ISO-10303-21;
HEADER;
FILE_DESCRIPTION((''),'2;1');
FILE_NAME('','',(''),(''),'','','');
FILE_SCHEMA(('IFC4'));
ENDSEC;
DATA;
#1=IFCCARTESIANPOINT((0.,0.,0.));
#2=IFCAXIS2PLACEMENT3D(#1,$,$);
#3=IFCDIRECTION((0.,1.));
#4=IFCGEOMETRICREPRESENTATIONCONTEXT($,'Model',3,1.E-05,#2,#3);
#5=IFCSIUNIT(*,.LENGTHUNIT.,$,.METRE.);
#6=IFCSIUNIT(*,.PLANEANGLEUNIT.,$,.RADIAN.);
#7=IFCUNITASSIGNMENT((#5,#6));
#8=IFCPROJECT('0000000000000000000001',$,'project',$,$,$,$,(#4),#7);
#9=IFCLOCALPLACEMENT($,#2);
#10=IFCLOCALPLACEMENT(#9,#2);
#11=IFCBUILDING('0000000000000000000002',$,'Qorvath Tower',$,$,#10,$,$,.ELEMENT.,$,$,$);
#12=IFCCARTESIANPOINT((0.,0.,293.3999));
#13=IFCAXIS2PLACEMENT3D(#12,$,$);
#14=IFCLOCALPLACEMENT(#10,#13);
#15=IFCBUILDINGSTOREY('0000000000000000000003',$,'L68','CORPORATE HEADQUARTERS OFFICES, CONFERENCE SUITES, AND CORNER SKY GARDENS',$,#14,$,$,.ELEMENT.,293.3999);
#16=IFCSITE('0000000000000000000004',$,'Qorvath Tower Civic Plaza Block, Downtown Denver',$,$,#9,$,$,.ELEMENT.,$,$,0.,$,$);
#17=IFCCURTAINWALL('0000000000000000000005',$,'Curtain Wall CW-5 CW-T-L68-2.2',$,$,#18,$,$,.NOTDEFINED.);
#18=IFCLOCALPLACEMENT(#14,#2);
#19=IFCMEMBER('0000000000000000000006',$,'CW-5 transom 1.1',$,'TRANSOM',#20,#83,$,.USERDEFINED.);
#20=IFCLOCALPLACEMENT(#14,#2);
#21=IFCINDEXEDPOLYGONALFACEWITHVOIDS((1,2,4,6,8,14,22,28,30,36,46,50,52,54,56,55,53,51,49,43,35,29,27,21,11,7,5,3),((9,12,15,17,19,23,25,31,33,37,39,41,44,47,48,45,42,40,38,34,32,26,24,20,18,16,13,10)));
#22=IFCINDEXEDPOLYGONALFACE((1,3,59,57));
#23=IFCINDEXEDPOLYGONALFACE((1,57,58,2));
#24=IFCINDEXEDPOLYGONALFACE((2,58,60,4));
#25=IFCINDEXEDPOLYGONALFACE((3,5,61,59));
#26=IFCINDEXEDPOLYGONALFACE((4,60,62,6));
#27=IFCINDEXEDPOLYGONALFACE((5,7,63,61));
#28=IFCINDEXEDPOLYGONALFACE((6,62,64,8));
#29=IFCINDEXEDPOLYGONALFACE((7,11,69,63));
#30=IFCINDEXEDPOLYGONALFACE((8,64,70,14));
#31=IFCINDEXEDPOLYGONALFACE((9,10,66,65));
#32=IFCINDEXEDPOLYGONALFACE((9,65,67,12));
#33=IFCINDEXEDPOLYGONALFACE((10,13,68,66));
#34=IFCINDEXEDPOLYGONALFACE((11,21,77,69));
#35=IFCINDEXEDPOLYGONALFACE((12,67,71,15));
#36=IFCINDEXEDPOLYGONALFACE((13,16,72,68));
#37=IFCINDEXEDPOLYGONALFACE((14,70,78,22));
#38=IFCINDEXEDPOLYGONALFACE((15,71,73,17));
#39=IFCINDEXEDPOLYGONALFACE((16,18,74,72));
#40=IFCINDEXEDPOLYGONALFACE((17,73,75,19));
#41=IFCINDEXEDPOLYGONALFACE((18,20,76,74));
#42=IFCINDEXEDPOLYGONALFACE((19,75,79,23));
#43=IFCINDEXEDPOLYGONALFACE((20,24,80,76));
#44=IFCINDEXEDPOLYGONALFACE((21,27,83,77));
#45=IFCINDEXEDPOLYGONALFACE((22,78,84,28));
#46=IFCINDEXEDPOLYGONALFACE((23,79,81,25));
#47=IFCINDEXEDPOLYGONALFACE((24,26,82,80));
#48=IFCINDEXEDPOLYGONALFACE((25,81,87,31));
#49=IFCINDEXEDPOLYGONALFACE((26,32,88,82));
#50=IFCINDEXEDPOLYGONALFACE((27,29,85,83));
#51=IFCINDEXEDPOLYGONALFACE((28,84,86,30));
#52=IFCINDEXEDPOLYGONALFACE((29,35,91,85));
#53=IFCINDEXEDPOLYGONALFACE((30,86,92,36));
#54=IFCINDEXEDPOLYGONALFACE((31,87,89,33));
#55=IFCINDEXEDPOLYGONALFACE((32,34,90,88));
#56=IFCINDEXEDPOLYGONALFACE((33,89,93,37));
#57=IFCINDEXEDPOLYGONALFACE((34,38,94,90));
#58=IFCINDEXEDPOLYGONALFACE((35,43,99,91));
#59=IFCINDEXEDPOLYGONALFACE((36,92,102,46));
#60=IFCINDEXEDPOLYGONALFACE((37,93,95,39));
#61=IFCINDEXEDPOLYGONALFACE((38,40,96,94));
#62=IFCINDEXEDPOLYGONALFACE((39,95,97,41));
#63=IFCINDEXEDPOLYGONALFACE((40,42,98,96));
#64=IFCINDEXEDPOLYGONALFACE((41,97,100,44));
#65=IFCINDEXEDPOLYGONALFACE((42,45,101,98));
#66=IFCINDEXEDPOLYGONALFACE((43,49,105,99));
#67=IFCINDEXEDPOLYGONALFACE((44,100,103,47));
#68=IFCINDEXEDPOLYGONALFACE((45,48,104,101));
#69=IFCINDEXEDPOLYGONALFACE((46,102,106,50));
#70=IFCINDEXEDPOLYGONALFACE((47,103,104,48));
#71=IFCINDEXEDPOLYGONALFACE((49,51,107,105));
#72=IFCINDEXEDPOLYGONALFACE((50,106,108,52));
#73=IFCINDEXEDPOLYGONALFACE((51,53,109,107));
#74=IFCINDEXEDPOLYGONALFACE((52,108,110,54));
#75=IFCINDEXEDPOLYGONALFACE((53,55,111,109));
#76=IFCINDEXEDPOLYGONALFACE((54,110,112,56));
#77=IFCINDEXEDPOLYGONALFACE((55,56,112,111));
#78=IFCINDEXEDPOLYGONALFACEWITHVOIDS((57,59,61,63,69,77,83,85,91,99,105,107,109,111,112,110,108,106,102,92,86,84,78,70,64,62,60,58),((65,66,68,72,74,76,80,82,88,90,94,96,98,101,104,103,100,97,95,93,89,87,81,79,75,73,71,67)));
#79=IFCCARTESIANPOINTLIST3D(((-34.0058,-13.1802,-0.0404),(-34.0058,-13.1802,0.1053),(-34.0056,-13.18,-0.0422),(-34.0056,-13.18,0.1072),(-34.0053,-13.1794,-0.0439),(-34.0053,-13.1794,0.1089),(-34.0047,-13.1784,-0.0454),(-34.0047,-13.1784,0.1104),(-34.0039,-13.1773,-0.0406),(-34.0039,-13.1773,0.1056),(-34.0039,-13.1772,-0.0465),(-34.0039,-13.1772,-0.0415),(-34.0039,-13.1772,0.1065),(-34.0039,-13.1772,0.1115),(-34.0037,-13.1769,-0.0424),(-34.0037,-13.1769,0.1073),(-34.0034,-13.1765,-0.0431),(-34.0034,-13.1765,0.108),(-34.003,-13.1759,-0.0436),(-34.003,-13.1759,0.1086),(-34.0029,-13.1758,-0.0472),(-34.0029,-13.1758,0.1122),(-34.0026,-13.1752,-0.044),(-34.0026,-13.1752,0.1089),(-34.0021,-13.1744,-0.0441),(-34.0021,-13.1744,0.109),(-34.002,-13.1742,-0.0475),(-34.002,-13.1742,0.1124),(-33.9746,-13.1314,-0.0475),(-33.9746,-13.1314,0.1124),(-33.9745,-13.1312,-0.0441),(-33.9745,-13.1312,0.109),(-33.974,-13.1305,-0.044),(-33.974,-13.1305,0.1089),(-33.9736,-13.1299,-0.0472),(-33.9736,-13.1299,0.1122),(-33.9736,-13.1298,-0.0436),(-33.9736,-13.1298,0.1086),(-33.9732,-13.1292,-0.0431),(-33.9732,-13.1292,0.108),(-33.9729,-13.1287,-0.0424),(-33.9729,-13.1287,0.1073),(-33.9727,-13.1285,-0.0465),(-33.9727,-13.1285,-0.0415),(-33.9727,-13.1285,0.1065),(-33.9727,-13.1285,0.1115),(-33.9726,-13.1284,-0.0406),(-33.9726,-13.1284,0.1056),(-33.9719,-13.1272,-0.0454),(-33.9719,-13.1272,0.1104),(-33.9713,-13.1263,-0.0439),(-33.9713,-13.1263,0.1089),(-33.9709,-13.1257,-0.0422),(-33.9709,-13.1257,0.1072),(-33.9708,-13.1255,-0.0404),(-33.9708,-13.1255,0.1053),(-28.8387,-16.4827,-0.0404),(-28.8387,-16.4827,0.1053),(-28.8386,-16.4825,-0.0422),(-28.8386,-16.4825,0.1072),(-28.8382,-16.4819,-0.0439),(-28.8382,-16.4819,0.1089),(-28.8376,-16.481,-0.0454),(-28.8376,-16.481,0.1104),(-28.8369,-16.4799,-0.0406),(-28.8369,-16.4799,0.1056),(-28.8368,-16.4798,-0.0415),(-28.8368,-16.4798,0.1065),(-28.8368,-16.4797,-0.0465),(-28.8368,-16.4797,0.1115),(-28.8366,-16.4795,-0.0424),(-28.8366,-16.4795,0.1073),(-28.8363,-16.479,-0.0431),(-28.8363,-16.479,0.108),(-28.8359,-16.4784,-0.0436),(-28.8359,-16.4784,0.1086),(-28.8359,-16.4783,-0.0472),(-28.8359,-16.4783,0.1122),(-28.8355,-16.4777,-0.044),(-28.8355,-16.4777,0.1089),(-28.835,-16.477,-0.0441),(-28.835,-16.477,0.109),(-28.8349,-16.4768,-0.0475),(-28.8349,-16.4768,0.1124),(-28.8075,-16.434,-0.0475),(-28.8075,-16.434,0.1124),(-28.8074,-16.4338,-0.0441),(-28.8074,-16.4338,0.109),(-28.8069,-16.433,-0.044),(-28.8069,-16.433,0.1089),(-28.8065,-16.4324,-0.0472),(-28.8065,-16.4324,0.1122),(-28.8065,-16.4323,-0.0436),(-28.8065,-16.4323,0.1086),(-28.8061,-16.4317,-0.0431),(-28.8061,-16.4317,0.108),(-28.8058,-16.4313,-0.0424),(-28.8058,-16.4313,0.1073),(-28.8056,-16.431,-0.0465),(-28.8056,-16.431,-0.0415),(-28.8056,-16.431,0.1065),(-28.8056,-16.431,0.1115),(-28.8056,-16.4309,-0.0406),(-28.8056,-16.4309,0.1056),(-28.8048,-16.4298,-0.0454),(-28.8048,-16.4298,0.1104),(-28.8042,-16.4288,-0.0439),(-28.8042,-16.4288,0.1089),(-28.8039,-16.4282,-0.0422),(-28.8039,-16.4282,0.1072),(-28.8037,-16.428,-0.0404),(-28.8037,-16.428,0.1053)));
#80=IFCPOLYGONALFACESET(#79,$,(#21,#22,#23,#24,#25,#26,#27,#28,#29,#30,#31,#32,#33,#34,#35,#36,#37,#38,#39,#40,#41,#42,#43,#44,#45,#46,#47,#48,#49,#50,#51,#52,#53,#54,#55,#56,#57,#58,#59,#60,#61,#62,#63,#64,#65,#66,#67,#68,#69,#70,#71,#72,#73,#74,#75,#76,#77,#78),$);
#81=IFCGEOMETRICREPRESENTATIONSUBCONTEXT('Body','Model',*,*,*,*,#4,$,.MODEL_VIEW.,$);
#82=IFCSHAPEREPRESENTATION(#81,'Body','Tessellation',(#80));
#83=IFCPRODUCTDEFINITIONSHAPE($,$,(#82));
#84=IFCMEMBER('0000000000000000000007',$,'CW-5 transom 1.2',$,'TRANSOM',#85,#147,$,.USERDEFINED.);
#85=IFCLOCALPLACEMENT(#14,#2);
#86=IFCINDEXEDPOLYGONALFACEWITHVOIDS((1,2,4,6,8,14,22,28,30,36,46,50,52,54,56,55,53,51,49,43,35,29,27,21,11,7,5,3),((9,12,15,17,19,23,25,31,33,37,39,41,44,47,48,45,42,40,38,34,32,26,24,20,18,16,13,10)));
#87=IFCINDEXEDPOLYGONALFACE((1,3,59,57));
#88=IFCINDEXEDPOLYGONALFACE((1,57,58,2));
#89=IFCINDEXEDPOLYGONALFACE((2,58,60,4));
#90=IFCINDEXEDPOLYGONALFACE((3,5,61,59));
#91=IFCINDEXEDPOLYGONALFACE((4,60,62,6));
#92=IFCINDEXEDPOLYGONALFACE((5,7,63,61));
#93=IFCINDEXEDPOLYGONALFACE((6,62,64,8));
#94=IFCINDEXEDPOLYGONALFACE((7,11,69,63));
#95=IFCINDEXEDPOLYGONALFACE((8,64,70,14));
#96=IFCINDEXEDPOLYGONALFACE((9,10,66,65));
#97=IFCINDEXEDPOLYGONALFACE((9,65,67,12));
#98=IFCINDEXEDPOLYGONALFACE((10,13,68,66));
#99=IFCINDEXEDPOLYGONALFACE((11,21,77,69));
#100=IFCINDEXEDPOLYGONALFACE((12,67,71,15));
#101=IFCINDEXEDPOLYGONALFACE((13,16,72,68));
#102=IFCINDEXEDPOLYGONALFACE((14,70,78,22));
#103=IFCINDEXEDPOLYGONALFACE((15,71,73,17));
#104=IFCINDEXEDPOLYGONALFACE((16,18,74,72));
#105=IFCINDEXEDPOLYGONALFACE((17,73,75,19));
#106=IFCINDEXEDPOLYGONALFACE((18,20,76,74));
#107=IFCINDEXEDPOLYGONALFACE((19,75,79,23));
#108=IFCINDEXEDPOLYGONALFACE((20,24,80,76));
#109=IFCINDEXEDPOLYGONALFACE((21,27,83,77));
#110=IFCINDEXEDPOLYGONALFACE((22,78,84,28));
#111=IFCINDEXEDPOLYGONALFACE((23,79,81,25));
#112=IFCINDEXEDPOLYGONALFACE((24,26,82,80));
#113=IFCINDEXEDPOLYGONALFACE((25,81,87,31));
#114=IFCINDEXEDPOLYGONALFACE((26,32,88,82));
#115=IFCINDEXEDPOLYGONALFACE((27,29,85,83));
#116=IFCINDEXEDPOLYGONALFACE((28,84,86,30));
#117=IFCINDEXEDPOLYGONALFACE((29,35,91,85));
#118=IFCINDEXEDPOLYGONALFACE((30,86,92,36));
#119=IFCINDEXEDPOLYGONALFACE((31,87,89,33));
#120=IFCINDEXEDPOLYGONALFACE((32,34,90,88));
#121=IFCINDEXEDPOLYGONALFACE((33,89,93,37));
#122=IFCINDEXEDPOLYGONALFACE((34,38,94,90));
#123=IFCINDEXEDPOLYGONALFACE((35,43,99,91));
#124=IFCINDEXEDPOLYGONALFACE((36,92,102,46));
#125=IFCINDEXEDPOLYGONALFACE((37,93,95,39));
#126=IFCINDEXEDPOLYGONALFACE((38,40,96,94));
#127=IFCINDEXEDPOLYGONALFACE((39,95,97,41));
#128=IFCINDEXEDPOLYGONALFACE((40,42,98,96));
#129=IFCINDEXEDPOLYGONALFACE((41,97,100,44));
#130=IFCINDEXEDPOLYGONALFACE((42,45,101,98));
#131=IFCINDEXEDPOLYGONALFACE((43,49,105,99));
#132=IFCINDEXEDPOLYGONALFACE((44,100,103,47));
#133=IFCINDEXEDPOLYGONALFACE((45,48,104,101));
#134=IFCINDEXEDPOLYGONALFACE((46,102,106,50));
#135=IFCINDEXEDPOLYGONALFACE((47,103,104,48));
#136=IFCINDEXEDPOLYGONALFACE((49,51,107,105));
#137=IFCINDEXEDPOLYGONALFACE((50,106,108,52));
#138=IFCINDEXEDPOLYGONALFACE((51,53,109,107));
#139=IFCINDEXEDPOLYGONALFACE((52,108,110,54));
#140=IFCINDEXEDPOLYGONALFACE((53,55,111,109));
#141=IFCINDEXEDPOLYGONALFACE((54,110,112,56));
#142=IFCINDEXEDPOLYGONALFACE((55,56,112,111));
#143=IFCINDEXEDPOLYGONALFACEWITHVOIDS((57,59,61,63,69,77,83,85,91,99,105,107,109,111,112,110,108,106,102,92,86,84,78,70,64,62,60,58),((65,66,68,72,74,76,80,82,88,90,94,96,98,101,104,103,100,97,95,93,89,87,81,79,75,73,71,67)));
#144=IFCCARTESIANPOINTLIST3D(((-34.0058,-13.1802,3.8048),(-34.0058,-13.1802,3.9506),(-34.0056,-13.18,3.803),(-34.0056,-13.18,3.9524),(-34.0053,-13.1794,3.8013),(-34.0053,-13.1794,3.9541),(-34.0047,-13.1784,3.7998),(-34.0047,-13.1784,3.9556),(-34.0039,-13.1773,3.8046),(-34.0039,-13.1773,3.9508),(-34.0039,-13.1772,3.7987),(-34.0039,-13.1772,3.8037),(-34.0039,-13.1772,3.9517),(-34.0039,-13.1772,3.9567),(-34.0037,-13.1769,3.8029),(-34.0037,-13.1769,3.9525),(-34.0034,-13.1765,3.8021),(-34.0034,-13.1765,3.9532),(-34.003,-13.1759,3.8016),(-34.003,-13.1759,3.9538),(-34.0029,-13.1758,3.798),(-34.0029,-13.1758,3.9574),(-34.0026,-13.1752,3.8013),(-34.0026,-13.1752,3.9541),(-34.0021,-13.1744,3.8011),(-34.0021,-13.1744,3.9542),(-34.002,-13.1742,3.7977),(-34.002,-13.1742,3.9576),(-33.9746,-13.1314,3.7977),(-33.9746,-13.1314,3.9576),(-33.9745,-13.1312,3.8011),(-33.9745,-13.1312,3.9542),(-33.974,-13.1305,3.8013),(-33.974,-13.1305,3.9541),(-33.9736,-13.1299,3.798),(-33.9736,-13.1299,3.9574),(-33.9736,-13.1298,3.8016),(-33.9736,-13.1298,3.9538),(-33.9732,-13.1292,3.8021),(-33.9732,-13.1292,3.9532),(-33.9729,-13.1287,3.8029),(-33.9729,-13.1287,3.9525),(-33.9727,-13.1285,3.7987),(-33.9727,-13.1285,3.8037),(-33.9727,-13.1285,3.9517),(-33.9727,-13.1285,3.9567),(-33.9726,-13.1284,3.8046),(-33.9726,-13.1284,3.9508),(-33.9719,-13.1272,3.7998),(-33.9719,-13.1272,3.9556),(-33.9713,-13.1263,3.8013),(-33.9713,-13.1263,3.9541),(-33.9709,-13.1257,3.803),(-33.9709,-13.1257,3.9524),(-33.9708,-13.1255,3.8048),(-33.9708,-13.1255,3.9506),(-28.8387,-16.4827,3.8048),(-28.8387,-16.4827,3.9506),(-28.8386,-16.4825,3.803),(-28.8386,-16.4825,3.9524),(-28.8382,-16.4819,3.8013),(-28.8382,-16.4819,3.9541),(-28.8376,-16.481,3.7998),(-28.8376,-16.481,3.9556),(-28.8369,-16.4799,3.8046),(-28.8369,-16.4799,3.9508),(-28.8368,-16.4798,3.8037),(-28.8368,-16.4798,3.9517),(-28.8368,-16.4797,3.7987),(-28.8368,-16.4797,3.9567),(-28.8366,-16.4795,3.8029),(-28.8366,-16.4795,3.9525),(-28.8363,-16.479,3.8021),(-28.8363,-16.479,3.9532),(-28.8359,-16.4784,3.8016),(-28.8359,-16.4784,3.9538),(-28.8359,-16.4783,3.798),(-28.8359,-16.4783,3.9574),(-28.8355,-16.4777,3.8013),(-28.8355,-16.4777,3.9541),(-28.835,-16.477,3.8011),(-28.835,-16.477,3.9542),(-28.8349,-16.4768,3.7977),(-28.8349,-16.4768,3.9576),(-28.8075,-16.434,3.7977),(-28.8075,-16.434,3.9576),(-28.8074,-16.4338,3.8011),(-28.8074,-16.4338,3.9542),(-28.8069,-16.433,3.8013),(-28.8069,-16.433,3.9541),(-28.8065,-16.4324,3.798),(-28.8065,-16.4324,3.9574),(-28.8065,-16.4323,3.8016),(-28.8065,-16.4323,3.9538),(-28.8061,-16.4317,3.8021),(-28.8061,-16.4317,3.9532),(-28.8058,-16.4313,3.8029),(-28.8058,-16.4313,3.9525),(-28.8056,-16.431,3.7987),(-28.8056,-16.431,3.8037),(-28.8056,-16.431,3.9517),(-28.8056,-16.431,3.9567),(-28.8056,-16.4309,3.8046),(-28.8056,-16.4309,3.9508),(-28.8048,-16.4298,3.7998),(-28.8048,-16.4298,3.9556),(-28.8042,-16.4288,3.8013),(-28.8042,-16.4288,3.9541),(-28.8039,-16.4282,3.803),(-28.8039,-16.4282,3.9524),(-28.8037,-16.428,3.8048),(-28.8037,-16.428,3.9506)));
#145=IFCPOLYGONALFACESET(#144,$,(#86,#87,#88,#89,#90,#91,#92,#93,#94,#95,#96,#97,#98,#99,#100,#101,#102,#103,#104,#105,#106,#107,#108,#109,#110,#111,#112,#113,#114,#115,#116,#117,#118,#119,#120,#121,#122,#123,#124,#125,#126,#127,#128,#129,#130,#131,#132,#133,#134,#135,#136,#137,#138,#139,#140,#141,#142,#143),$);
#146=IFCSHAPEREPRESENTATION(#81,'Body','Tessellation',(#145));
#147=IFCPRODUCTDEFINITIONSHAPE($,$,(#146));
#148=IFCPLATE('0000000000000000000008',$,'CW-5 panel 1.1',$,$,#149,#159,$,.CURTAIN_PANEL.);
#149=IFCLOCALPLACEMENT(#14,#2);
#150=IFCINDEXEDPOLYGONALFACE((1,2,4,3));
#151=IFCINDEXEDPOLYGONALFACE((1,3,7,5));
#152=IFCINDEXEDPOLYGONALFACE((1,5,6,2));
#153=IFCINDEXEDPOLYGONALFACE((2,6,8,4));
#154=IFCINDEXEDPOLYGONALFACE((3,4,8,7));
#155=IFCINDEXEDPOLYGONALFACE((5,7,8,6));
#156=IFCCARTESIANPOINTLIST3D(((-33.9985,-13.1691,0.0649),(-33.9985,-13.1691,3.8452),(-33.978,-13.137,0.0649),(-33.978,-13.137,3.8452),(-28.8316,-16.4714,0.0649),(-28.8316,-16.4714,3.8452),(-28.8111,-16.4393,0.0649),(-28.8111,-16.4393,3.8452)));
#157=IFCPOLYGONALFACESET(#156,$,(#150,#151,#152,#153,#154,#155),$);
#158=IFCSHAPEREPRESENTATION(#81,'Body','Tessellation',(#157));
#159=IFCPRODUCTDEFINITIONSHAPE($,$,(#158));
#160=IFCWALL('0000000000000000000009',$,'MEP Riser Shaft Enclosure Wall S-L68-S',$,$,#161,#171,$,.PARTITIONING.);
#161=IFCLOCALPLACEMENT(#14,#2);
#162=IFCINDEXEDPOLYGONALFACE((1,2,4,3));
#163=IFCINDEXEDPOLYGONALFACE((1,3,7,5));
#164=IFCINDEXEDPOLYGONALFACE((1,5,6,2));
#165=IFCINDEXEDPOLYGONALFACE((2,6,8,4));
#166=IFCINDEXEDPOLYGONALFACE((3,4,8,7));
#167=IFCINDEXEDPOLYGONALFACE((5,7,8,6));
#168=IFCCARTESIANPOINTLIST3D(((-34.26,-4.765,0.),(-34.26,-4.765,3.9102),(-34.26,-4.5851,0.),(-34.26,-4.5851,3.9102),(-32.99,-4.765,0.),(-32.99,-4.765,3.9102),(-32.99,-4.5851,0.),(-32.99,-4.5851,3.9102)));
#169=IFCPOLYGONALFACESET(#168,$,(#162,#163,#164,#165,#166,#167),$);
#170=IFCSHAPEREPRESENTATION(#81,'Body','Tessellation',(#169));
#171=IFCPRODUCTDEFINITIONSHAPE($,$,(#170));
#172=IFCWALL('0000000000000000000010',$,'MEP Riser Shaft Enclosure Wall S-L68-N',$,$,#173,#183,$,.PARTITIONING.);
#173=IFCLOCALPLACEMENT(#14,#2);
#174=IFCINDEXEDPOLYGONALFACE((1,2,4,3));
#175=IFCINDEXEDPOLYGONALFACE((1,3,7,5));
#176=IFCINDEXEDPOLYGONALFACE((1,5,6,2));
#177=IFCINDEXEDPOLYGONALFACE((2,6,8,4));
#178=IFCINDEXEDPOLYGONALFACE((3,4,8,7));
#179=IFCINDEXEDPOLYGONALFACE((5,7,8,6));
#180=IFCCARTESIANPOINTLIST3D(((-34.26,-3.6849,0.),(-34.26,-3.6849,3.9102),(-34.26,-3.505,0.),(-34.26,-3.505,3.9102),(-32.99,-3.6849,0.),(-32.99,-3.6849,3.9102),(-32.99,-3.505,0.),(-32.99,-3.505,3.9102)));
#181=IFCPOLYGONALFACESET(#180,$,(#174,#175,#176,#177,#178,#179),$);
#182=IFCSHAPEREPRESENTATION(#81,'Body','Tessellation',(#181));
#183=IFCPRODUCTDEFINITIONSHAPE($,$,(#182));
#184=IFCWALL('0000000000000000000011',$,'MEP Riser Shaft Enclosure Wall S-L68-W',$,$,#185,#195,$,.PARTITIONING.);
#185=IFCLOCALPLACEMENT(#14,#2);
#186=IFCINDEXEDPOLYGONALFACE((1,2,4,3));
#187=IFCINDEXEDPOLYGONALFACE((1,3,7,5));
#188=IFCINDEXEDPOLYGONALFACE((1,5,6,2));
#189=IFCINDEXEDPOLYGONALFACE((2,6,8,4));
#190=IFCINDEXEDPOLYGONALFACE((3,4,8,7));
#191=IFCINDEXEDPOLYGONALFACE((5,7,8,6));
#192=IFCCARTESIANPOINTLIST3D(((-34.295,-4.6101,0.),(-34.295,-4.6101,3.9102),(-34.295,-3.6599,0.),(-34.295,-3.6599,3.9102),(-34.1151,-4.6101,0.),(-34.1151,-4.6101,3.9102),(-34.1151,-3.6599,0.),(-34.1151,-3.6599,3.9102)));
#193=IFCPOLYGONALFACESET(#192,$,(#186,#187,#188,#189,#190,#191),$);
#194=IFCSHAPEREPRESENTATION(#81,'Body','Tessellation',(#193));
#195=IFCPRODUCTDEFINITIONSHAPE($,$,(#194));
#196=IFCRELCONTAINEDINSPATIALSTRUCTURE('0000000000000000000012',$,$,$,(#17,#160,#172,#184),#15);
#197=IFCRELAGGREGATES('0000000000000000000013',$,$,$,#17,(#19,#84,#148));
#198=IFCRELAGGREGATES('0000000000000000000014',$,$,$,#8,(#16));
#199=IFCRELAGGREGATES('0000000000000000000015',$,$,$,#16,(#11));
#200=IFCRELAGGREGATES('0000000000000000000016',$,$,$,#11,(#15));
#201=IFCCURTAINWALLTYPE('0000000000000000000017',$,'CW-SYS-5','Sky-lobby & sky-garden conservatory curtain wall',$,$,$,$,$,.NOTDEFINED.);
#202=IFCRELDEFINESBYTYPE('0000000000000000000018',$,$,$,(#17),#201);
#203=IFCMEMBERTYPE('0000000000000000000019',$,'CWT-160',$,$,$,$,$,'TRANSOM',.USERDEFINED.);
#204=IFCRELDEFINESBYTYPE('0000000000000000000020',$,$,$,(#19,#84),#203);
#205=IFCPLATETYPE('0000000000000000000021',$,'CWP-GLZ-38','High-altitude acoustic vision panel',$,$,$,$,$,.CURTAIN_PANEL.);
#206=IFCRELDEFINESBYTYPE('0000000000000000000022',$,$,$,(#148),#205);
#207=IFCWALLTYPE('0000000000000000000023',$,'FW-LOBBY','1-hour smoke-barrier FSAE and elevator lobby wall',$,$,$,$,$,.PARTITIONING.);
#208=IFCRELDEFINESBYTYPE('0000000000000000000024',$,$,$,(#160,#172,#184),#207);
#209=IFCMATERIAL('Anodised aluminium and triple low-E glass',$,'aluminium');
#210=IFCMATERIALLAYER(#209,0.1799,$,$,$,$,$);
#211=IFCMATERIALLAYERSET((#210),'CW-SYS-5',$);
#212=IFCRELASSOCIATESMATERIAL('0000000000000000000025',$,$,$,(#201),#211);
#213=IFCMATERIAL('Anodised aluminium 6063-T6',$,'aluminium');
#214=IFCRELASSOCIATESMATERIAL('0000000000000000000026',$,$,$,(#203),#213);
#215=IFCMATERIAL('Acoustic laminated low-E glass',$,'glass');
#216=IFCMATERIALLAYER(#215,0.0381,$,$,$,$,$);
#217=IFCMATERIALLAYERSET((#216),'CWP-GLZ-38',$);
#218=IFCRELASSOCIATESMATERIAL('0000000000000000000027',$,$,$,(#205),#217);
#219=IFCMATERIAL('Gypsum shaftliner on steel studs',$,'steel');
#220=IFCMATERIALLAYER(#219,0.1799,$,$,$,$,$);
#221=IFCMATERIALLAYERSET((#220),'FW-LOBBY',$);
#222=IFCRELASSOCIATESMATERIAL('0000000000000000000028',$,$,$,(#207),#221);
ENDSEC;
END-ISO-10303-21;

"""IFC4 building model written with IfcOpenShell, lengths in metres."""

from ifc_helpers import new_model, si_unit, direction, frame, frame_2d, origin, origin_2d, place, context, subcontext, project, spatial, rectangle, hollow_rectangle, extrude, material, layer, layer_set, material_profile, profile_set, type_object, element, aggregate, save


model = new_model("IFC4")

# Units and contexts
model_context = context("Model", 3, precision=1e-05, world=origin(), true_north=direction((0.0, 1.0)))
body_context = subcontext(model_context, "Body", "Model", "MODEL_VIEW")
ifc_project = project(units=[si_unit("LENGTHUNIT", "METRE"), si_unit("PLANEANGLEUNIT", "RADIAN")], contexts=[model_context])

# Site, building, storey
site_placement = place(None, origin())
site = spatial("IfcSite", under=ifc_project, at=site_placement, Name="Qorvath Tower Civic Plaza Block, Downtown Denver", CompositionType="ELEMENT", RefElevation=0.0)
building_placement = place(site_placement, origin())
building = spatial("IfcBuilding", under=site, at=building_placement, Name="Qorvath Tower", CompositionType="ELEMENT")
storey_placement = place(building_placement, frame((0.0, 0.0, 293.3999)))
storey = spatial("IfcBuildingStorey", under=building, at=storey_placement, Name="L68", Description="CORPORATE HEADQUARTERS OFFICES, CONFERENCE SUITES, AND CORNER SKY GARDENS", CompositionType="ELEMENT", Elevation=293.3999)

# Shared definitions
ifc_material_1 = material(Name="Anodised aluminium and triple low-E glass", Category="aluminium")
ifc_layer_1 = layer(ifc_material_1, 0.1799)
ifc_layer_set_1 = layer_set([ifc_layer_1], Name="CW-SYS-5")
curtain_wall_type = type_object("IfcCurtainWallType", Name="CW-SYS-5", Description="Sky-lobby & sky-garden conservatory curtain wall", PredefinedType="NOTDEFINED", material=ifc_layer_set_1)

# Curtain wall, members, plate
curtain_wall_1_placement = place(storey_placement, origin())
curtain_wall_1 = element("IfcCurtainWall", 1, at=curtain_wall_1_placement, inside=storey, type_object=curtain_wall_type, Name="Curtain Wall CW-5 CW-T-L68-2.2", PredefinedType="NOTDEFINED")
ifc_material_2 = material(Name="Anodised aluminium 6063-T6", Category="aluminium")
ifc_material_profile_1 = material_profile(ifc_material_2, hollow_rectangle(XDim=0.0649, YDim=0.1599, WallThickness=0.0034, InnerFilletRadius=0.0034, OuterFilletRadius=0.0071, at=origin_2d()), Name="CWT 160x65")
ifc_profile_set_1 = profile_set([ifc_material_profile_1], Name="Anodised aluminium 6063-T6")
member_type_1 = type_object("IfcMemberType", Name="CWT-160", ElementType="TRANSOM", PredefinedType="USERDEFINED", material=ifc_profile_set_1)
member_1_placement = place(storey_placement, frame((-33.9883, -13.1528, 0.0325), z_axis=(0.842596, -0.538546, 0.0), x_axis=(0.538546, 0.842596, 0.0)))
member_1 = element("IfcMember", 2, at=member_1_placement, type_object=member_type_1, Name="CW-5 transom 1.1", ObjectType="TRANSOM", PredefinedType="USERDEFINED", context=body_context, shape_type="SweptSolid", body=[
    extrude(hollow_rectangle(XDim=0.0649, YDim=0.1599, WallThickness=0.0034, InnerFilletRadius=0.0034, OuterFilletRadius=0.0071, at=origin_2d()), origin(), (0.0, 0.0, 1.0), 6.1323),
])
member_2_placement = place(storey_placement, frame((-33.9883, -13.1528, 3.8777), z_axis=(0.842596, -0.538546, 0.0), x_axis=(0.538546, 0.842596, 0.0)))
member_2 = element("IfcMember", 3, at=member_2_placement, type_object=member_type_1, Name="CW-5 transom 1.2", ObjectType="TRANSOM", PredefinedType="USERDEFINED", context=body_context, shape_type="SweptSolid", body=[
    extrude(hollow_rectangle(XDim=0.0649, YDim=0.1599, WallThickness=0.0034, InnerFilletRadius=0.0034, OuterFilletRadius=0.0071, at=origin_2d()), origin(), (0.0, 0.0, 1.0), 6.1323),
])
ifc_material_3 = material(Name="Acoustic laminated low-E glass", Category="glass")
ifc_layer_2 = layer(ifc_material_3, 0.0381)
ifc_layer_set_2 = layer_set([ifc_layer_2], Name="CWP-GLZ-38")
plate_type = type_object("IfcPlateType", Name="CWP-GLZ-38", Description="High-altitude acoustic vision panel", PredefinedType="CURTAIN_PANEL", material=ifc_layer_set_2)
plate_placement = place(storey_placement, frame((-31.4048, -14.8042, 0.0649), z_axis=(0.0, 0.0, 1.0), x_axis=(0.842605, -0.538533, 0.0)))
plate = element("IfcPlate", 4, at=plate_placement, type_object=plate_type, Name="CW-5 panel 1.1", PredefinedType="CURTAIN_PANEL", context=body_context, shape_type="SweptSolid", body=[
    extrude(rectangle(XDim=6.1321, YDim=0.0381, at=origin_2d()), origin(), (0.0, 0.0, 1.0), 3.7803),
])
aggregate(curtain_wall_1, [member_1, member_2, plate])

# Walls
ifc_material_4 = material(Name="Gypsum shaftliner on steel studs", Category="steel")
ifc_layer_3 = layer(ifc_material_4, 0.1799)
ifc_layer_set_3 = layer_set([ifc_layer_3], Name="FW-LOBBY")
wall_type_1 = type_object("IfcWallType", Name="FW-LOBBY", Description="1-hour smoke-barrier FSAE and elevator lobby wall", PredefinedType="PARTITIONING", material=ifc_layer_set_3)
for number, where, z_axis, x_axis, name in (
    (5, (-32.99, -4.675, 0.0), (0.0, 0.0, 1.0), (-1.0, 0.0, 0.0), "MEP Riser Shaft Enclosure Wall S-L68-S"),
    (6, (-34.26, -3.595, 0.0), (0.0, 0.0, 1.0), (1.0, 0.0, 0.0), "MEP Riser Shaft Enclosure Wall S-L68-N"),
):
    element("IfcWall", number, at=place(storey_placement, frame(where, z_axis=z_axis, x_axis=x_axis)), inside=storey, type_object=wall_type_1, Name=name, PredefinedType="PARTITIONING", context=body_context, shape_type="SweptSolid", body=[
        extrude(rectangle(XDim=1.27, YDim=0.1799, at=frame_2d((0.635, 0.0))), origin(), (0.0, 0.0, 1.0), 3.9102),
    ])
for number, where, z_axis, x_axis, name in (
    (7, (-34.2051, -4.6101, 0.0), (0.0, 0.0, 1.0), (0.0, 1.0, 0.0), "MEP Riser Shaft Enclosure Wall S-L68-W"),
):
    element("IfcWall", number, at=place(storey_placement, frame(where, z_axis=z_axis, x_axis=x_axis)), inside=storey, type_object=wall_type_1, Name=name, PredefinedType="PARTITIONING", context=body_context, shape_type="SweptSolid", body=[
        extrude(rectangle(XDim=0.9502, YDim=0.1799, at=frame_2d((0.4751, 0.0))), origin(), (0.0, 0.0, 1.0), 3.9102),
    ])

save(model, "model.ifc")
